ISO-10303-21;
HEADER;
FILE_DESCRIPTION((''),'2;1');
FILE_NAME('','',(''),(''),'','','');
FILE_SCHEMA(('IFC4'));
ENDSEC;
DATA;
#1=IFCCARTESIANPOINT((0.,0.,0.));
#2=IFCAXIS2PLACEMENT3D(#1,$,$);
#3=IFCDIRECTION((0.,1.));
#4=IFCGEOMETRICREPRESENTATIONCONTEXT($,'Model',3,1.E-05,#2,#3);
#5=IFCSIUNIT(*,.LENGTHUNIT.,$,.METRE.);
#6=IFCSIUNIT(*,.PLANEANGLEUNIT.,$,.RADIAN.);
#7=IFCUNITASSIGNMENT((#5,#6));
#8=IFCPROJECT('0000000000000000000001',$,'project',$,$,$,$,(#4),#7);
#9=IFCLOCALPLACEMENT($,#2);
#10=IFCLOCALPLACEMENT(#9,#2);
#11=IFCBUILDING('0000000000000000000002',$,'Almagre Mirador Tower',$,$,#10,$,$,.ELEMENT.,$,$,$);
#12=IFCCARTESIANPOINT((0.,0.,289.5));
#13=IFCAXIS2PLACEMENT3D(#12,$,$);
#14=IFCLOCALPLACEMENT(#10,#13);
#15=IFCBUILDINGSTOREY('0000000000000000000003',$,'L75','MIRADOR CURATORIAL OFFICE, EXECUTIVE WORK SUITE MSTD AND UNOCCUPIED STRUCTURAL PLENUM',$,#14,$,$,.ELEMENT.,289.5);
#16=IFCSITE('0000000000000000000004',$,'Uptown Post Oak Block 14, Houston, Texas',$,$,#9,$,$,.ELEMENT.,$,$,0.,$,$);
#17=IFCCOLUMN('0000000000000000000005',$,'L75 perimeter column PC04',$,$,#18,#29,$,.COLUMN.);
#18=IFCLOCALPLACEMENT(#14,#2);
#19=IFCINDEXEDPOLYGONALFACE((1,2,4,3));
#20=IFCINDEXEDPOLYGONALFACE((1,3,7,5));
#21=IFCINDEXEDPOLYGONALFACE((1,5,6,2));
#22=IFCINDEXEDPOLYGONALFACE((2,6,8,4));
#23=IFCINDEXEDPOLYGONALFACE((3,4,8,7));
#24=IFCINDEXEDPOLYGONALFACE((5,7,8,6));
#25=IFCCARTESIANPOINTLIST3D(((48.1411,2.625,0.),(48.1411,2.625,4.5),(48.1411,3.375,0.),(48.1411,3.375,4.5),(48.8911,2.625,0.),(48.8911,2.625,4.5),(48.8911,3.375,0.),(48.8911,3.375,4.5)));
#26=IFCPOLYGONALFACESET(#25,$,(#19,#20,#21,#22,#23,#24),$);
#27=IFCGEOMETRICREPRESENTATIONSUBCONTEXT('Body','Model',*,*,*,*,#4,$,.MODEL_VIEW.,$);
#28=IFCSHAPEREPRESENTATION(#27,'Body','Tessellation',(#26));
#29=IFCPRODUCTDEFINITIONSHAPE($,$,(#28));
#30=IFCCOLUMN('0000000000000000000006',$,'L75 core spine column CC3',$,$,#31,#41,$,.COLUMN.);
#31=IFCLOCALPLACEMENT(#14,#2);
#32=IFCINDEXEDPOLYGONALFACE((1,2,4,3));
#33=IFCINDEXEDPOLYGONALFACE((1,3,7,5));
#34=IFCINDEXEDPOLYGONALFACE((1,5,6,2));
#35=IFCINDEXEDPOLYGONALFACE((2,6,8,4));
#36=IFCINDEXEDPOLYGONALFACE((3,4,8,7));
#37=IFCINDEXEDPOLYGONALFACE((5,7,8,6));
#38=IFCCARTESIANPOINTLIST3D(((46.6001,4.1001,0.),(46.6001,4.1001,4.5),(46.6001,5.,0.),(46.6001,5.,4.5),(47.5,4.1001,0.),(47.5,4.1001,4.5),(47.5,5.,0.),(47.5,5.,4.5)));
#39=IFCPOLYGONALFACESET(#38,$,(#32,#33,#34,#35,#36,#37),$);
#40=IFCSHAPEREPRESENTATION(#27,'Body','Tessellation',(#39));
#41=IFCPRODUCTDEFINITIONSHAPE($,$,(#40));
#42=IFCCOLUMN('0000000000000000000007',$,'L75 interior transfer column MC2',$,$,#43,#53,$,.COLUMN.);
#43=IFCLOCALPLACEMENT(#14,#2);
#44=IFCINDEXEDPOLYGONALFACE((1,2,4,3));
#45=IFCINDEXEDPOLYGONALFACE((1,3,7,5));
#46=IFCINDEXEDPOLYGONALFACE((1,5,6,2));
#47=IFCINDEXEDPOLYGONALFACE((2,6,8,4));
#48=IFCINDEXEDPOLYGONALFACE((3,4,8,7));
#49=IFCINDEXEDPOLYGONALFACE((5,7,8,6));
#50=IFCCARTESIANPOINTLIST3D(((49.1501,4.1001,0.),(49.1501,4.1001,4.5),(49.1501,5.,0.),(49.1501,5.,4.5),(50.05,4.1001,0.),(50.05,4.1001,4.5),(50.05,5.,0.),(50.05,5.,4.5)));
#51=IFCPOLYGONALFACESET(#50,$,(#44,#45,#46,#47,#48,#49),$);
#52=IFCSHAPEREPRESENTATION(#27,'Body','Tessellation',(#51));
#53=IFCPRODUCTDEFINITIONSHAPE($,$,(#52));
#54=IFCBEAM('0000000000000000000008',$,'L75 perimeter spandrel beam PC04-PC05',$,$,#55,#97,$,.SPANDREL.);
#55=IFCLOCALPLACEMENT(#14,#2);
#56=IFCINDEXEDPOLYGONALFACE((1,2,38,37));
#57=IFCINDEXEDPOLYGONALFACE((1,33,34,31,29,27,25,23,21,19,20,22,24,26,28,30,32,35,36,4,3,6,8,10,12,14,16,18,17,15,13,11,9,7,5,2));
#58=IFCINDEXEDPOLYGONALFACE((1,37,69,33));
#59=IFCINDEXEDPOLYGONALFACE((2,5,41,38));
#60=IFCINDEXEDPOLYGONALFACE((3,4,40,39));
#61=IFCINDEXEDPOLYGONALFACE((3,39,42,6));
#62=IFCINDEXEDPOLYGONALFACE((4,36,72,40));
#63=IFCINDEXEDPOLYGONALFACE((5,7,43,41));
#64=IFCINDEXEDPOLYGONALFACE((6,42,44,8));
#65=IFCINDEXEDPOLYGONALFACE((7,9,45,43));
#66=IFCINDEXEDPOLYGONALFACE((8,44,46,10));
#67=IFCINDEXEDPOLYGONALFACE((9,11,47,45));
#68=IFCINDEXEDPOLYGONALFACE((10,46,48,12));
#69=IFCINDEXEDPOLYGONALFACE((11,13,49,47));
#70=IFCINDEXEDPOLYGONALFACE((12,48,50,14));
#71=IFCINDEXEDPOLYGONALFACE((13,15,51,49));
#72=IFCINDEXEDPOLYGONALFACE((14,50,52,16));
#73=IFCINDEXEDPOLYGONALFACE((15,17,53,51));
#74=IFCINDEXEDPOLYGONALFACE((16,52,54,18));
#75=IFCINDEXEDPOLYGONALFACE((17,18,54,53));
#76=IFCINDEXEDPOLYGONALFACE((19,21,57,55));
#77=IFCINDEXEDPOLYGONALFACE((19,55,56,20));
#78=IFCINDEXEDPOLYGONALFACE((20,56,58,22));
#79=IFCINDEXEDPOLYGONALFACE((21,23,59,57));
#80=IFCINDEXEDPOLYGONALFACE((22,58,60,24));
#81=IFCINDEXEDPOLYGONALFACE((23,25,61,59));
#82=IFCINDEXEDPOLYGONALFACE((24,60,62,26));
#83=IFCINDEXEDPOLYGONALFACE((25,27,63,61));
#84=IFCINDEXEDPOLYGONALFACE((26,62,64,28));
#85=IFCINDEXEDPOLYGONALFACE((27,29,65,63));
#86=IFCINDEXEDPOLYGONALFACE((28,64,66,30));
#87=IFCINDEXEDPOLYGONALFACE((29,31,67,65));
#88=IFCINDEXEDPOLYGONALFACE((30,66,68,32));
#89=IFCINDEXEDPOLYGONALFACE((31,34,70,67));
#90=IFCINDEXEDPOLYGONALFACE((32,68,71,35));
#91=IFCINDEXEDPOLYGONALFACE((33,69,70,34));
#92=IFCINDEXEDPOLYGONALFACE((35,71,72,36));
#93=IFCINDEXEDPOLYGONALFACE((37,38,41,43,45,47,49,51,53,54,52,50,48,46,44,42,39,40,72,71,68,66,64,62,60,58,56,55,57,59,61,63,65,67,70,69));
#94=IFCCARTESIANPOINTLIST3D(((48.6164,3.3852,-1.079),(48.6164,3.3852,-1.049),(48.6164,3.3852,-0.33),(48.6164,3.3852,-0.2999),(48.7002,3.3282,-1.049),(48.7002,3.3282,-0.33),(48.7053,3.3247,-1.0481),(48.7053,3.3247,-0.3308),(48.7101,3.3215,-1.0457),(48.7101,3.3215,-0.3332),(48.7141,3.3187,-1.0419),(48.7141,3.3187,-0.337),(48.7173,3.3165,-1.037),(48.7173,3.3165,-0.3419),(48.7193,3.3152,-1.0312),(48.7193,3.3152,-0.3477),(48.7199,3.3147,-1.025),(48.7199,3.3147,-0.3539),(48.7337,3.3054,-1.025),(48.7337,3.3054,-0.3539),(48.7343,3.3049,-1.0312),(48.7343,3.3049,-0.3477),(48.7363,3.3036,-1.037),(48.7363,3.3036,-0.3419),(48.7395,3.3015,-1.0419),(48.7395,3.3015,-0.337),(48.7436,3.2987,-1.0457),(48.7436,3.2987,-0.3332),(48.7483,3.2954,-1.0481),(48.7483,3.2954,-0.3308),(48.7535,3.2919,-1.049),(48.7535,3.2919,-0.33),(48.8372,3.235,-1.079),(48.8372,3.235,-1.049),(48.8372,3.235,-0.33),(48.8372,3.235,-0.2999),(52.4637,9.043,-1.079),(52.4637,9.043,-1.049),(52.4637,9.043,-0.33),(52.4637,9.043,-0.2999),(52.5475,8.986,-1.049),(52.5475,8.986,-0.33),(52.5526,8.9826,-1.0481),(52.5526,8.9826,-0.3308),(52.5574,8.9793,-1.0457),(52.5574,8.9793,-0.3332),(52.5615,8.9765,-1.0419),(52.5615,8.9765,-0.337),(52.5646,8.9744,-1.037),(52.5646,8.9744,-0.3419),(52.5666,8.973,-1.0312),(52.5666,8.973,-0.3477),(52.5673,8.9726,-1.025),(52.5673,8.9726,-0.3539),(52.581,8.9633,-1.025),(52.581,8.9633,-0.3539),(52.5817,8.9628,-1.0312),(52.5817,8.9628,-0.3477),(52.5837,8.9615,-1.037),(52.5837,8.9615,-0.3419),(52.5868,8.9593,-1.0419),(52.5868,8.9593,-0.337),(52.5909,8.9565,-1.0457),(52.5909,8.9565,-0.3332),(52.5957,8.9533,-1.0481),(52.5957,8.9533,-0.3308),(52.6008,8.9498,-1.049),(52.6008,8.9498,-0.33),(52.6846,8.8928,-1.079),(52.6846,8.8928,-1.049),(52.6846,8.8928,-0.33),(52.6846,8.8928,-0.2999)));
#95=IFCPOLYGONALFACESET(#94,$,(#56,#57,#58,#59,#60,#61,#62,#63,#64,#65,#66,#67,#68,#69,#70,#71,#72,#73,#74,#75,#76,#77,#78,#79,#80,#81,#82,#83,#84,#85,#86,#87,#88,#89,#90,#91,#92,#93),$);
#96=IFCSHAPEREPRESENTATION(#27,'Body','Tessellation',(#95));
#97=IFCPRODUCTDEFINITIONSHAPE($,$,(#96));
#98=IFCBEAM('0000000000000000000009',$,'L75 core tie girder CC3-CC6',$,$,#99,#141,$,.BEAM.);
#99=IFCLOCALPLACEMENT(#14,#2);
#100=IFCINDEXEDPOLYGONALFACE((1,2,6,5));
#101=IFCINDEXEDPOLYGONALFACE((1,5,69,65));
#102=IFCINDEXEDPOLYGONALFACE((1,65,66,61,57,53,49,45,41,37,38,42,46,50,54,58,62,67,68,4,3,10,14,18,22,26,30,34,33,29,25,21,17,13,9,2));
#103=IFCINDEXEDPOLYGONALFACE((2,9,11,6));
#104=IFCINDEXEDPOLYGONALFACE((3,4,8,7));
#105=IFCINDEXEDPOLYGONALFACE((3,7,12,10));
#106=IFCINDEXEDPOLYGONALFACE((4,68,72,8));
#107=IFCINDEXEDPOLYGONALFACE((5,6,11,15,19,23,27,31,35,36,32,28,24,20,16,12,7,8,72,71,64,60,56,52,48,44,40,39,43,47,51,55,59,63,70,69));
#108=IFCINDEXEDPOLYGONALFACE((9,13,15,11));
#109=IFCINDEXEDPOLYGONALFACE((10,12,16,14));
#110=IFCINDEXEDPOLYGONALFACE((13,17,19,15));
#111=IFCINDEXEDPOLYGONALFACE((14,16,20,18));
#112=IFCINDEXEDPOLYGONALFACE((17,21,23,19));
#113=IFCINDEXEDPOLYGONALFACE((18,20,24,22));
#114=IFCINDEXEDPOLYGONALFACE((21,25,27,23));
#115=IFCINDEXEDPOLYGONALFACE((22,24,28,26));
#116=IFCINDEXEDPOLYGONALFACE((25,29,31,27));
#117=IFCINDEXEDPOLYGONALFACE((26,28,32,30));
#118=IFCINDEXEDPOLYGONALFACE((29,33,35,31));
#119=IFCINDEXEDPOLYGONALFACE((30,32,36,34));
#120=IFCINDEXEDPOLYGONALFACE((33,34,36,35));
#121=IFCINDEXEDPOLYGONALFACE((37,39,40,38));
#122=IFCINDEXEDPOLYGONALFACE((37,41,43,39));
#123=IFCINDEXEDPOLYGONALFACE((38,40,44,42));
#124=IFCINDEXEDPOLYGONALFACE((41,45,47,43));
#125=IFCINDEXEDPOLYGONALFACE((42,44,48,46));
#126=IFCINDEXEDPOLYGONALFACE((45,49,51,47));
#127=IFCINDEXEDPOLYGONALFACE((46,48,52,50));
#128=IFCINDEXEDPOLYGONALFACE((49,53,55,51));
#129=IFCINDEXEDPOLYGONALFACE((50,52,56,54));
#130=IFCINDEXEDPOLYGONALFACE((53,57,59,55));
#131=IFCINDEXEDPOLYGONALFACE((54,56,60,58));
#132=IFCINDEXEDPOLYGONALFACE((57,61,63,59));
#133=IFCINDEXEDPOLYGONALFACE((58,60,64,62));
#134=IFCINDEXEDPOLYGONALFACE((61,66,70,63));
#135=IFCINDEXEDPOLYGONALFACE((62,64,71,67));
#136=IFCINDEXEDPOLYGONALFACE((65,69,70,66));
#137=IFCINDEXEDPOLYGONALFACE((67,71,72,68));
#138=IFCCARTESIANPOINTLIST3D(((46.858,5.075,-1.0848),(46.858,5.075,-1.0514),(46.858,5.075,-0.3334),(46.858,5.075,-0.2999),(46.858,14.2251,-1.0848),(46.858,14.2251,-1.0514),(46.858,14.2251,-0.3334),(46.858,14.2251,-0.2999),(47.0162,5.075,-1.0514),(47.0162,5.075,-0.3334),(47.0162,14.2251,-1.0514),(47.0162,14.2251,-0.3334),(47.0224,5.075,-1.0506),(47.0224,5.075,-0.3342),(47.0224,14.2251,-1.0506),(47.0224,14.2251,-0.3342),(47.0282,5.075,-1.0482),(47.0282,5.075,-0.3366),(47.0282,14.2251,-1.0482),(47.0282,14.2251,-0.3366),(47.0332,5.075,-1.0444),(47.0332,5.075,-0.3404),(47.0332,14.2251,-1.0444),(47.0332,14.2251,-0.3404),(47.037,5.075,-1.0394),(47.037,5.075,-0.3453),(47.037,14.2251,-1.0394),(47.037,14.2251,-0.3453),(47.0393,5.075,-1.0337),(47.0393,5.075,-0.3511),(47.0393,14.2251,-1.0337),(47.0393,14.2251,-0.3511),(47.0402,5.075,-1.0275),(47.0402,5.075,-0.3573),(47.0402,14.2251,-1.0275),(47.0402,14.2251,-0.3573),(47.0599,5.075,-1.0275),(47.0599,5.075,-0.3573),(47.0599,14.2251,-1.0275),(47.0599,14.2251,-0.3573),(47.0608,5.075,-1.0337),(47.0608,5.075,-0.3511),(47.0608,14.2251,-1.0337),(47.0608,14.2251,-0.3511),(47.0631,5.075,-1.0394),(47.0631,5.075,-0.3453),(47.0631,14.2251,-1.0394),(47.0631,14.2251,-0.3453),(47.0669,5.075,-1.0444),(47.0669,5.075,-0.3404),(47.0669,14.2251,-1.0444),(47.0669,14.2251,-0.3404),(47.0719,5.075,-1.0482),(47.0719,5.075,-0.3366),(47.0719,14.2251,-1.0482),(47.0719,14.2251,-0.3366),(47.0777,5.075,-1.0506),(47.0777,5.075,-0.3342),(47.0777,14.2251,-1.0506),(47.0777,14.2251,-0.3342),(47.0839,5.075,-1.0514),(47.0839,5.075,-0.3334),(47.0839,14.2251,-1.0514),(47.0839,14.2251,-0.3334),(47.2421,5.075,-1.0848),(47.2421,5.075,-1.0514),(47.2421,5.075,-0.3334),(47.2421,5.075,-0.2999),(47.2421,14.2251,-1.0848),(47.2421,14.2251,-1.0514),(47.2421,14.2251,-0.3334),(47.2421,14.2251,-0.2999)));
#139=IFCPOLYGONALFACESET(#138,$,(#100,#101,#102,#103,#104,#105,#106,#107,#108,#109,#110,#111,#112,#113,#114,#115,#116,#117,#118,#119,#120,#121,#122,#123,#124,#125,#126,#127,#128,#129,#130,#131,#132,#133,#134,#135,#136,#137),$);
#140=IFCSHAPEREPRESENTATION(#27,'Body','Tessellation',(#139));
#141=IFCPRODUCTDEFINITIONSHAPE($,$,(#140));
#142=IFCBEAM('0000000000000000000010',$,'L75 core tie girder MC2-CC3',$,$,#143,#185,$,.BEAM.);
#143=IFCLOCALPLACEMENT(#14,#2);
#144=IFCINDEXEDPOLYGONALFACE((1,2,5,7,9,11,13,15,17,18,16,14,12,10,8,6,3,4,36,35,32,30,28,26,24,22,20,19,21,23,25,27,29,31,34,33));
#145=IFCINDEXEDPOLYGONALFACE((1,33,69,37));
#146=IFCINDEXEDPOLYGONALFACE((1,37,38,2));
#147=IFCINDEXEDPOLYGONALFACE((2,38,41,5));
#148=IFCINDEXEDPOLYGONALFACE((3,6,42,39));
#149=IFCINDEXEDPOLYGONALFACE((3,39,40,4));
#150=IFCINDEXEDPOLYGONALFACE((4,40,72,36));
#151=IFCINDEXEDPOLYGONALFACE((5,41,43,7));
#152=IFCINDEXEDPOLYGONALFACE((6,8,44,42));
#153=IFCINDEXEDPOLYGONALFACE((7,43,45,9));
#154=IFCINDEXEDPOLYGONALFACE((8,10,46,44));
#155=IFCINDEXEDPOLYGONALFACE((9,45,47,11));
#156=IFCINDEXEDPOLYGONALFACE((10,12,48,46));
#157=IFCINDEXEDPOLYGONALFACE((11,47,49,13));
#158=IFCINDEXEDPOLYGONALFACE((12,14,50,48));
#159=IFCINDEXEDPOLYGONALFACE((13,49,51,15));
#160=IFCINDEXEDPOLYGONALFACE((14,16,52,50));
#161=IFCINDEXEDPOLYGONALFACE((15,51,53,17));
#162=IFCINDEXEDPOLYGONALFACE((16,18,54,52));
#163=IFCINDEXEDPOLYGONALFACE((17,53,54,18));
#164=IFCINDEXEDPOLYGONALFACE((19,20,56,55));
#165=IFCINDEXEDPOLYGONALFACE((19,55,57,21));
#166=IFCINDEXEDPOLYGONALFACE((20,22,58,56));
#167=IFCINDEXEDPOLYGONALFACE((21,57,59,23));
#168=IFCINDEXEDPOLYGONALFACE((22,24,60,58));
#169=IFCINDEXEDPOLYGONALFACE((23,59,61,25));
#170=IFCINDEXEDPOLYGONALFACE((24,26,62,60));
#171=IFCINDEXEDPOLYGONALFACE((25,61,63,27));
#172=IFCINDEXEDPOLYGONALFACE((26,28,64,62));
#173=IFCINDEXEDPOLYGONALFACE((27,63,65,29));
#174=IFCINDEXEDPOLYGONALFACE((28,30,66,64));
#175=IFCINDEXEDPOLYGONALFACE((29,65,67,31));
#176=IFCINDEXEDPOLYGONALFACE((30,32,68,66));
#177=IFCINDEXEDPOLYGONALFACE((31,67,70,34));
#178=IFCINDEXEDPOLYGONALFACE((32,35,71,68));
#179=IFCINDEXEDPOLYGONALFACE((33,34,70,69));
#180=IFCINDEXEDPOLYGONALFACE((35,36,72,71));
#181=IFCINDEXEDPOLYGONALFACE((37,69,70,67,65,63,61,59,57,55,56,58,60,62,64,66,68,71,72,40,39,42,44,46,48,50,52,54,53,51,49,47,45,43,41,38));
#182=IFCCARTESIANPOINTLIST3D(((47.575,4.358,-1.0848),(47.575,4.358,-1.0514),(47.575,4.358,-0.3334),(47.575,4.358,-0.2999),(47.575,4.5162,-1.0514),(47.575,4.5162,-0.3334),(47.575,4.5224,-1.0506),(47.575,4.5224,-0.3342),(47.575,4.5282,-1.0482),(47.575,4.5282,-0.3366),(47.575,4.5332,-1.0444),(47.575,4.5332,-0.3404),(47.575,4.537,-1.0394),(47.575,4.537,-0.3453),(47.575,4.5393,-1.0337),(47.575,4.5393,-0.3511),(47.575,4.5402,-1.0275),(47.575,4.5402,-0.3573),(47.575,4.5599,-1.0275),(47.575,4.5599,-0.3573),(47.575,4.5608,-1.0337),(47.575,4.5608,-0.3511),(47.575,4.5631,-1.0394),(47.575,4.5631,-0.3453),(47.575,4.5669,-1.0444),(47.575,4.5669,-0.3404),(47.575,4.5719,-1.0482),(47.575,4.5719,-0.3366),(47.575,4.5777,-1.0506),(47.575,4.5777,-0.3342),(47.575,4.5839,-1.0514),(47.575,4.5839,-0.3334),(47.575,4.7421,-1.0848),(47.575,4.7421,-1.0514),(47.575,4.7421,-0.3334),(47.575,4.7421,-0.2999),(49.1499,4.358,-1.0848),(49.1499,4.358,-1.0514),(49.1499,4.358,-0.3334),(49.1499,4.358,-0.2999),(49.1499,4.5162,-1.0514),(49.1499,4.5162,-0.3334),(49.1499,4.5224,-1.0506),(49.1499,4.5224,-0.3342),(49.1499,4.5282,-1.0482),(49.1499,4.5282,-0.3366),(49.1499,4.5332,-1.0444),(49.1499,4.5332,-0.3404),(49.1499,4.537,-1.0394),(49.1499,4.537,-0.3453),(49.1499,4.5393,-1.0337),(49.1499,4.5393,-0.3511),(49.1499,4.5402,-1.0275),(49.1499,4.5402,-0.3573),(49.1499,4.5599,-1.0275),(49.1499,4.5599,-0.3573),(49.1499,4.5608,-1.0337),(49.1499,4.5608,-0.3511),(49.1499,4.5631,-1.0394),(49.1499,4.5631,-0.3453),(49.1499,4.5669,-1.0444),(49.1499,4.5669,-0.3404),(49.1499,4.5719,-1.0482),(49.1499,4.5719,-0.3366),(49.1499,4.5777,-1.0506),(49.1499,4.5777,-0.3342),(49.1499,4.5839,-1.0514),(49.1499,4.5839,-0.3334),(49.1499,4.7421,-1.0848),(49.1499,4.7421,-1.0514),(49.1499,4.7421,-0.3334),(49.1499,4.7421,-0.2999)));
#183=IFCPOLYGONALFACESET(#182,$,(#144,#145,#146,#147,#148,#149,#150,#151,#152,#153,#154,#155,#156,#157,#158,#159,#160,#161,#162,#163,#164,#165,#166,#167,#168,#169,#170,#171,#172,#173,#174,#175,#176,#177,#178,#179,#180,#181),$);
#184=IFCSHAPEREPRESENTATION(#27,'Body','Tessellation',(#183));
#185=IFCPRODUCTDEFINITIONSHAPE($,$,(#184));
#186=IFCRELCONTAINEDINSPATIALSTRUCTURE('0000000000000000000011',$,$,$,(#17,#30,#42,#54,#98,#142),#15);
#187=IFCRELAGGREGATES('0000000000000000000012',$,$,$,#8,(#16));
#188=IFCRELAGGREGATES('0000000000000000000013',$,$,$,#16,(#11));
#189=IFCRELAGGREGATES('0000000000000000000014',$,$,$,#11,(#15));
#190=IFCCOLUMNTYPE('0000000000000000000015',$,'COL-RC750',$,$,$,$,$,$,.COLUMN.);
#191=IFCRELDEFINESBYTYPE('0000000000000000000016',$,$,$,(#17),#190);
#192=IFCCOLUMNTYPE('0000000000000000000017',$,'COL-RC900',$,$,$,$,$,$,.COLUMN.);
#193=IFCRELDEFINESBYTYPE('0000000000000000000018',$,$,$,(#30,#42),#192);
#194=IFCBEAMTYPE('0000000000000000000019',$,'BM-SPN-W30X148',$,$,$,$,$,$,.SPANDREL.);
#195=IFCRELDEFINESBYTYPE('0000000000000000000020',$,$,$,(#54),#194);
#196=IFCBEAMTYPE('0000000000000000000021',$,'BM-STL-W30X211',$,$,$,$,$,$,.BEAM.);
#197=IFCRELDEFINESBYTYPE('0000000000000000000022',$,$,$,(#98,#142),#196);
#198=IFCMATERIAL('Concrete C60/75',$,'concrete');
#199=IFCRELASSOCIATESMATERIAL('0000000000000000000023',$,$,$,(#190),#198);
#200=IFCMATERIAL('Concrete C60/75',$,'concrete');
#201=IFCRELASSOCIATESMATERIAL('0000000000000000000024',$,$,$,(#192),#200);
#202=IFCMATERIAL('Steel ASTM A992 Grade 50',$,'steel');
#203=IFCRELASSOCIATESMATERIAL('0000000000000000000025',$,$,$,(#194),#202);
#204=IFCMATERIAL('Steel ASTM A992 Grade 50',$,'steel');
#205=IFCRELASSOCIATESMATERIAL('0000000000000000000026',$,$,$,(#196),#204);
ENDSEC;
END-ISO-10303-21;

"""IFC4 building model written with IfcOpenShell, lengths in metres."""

from ifc_helpers import new_model, si_unit, direction, frame, origin, origin_2d, place, context, subcontext, project, spatial, rectangle, i_section, extrude, material, material_profile, profile_set, type_object, element, save


model = new_model("IFC4")

# Units and contexts
model_context = context("Model", 3, precision=1e-05, world=origin(), true_north=direction((0.0, 1.0)))
body_context = subcontext(model_context, "Body", "Model", "MODEL_VIEW")
ifc_project = project(units=[si_unit("LENGTHUNIT", "METRE"), si_unit("PLANEANGLEUNIT", "RADIAN")], contexts=[model_context])

# Site, building, storey
site_placement = place(None, origin())
site = spatial("IfcSite", under=ifc_project, at=site_placement, Name="Uptown Post Oak Block 14, Houston, Texas", CompositionType="ELEMENT", RefElevation=0.0)
building_placement = place(site_placement, origin())
building = spatial("IfcBuilding", under=site, at=building_placement, Name="Almagre Mirador Tower", CompositionType="ELEMENT")
storey_placement = place(building_placement, frame((0.0, 0.0, 289.5)))
storey = spatial("IfcBuildingStorey", under=building, at=storey_placement, Name="L75", Description="MIRADOR CURATORIAL OFFICE, EXECUTIVE WORK SUITE MSTD AND UNOCCUPIED STRUCTURAL PLENUM", CompositionType="ELEMENT", Elevation=289.5)

# Columns
ifc_material_1 = material(Name="Concrete C60/75", Category="concrete")
ifc_material_profile_1 = material_profile(ifc_material_1, rectangle(XDim=0.75, YDim=0.75, at=origin_2d()), Name="RC750X750")
ifc_profile_set_1 = profile_set([ifc_material_profile_1], Name="Concrete C60/75")
column_type_1 = type_object("IfcColumnType", Name="COL-RC750", PredefinedType="COLUMN", material=ifc_profile_set_1)
column_placement = place(storey_placement, frame((48.5161, 3.0, 0.0), z_axis=(0.0, 0.0, 1.0), x_axis=(1.0, 0.0, 0.0)))
element("IfcColumn", 1, at=column_placement, inside=storey, type_object=column_type_1, Name="L75 perimeter column PC04", PredefinedType="COLUMN", context=body_context, shape_type="SweptSolid", body=[
    extrude(rectangle(XDim=0.75, YDim=0.75, at=origin_2d()), origin(), (0.0, 0.0, 1.0), 4.5),
])
ifc_material_2 = material(Name="Concrete C60/75", Category="concrete")
ifc_material_profile_2 = material_profile(ifc_material_2, rectangle(XDim=0.8999, YDim=0.8999, at=origin_2d()), Name="RC900X900")
ifc_profile_set_2 = profile_set([ifc_material_profile_2], Name="Concrete C60/75")
column_type_2 = type_object("IfcColumnType", Name="COL-RC900", PredefinedType="COLUMN", material=ifc_profile_set_2)
for number, where, z_axis, x_axis, name in (
    (2, (47.05, 4.55, 0.0), (0.0, 0.0, 1.0), (1.0, 0.0, 0.0), "L75 core spine column CC3"),
    (3, (49.6001, 4.55, 0.0), (0.0, 0.0, 1.0), (1.0, 0.0, 0.0), "L75 interior transfer column MC2"),
):
    element("IfcColumn", number, at=place(storey_placement, frame(where, z_axis=z_axis, x_axis=x_axis)), inside=storey, type_object=column_type_2, Name=name, PredefinedType="COLUMN", context=body_context, shape_type="SweptSolid", body=[
        extrude(rectangle(XDim=0.8999, YDim=0.8999, at=origin_2d()), origin(), (0.0, 0.0, 1.0), 4.5),
    ])

# Beams
ifc_material_3 = material(Name="Steel ASTM A992 Grade 50", Category="steel")
ifc_material_profile_3 = material_profile(ifc_material_3, i_section(OverallWidth=0.2671, OverallDepth=0.7791, WebThickness=0.0166, FlangeThickness=0.03, FilletRadius=0.0239, at=origin_2d()), Name="W30X148")
ifc_profile_set_3 = profile_set([ifc_material_profile_3], Name="Steel ASTM A992 Grade 50")
beam_type_1 = type_object("IfcBeamType", Name="BM-SPN-W30X148", PredefinedType="SPANDREL", material=ifc_profile_set_3)
beam_1_placement = place(storey_placement, frame((48.7268, 3.3101, -0.6895), z_axis=(0.56231, 0.826927, 0.0), x_axis=(-0.826927, 0.56231, 0.0)))
element("IfcBeam", 4, at=beam_1_placement, inside=storey, type_object=beam_type_1, Name="L75 perimeter spandrel beam PC04-PC05", PredefinedType="SPANDREL", context=body_context, shape_type="SweptSolid", body=[
    extrude(i_section(OverallWidth=0.2671, OverallDepth=0.7791, WebThickness=0.0166, FlangeThickness=0.03, FilletRadius=0.0239, at=origin_2d()), origin(), (0.0, 0.0, 1.0), 6.842),
])
ifc_material_4 = material(Name="Steel ASTM A992 Grade 50", Category="steel")
ifc_material_profile_4 = material_profile(ifc_material_4, i_section(OverallWidth=0.384, OverallDepth=0.7849, WebThickness=0.0198, FlangeThickness=0.0334, FilletRadius=0.0239, at=origin_2d()), Name="W30X211")
ifc_profile_set_4 = profile_set([ifc_material_profile_4], Name="Steel ASTM A992 Grade 50")
beam_type_2 = type_object("IfcBeamType", Name="BM-STL-W30X211", PredefinedType="BEAM", material=ifc_profile_set_4)
beam_2_placement = place(storey_placement, frame((47.05, 5.075, -0.6924), z_axis=(0.0, 1.0, 0.0), x_axis=(-1.0, 0.0, 0.0)))
element("IfcBeam", 5, at=beam_2_placement, inside=storey, type_object=beam_type_2, Name="L75 core tie girder CC3-CC6", PredefinedType="BEAM", context=body_context, shape_type="SweptSolid", body=[
    extrude(i_section(OverallWidth=0.384, OverallDepth=0.7849, WebThickness=0.0198, FlangeThickness=0.0334, FilletRadius=0.0239, at=origin_2d()), origin(), (0.0, 0.0, 1.0), 9.1501),
])
beam_3_placement = place(storey_placement, frame((49.1499, 4.55, -0.6924), z_axis=(-1.0, 0.0, 0.0), x_axis=(0.0, -1.0, 0.0)))
element("IfcBeam", 6, at=beam_3_placement, inside=storey, type_object=beam_type_2, Name="L75 core tie girder MC2-CC3", PredefinedType="BEAM", context=body_context, shape_type="SweptSolid", body=[
    extrude(i_section(OverallWidth=0.384, OverallDepth=0.7849, WebThickness=0.0198, FlangeThickness=0.0334, FilletRadius=0.0239, at=origin_2d()), origin(), (0.0, 0.0, 1.0), 1.575),
])

save(model, "model.ifc")
